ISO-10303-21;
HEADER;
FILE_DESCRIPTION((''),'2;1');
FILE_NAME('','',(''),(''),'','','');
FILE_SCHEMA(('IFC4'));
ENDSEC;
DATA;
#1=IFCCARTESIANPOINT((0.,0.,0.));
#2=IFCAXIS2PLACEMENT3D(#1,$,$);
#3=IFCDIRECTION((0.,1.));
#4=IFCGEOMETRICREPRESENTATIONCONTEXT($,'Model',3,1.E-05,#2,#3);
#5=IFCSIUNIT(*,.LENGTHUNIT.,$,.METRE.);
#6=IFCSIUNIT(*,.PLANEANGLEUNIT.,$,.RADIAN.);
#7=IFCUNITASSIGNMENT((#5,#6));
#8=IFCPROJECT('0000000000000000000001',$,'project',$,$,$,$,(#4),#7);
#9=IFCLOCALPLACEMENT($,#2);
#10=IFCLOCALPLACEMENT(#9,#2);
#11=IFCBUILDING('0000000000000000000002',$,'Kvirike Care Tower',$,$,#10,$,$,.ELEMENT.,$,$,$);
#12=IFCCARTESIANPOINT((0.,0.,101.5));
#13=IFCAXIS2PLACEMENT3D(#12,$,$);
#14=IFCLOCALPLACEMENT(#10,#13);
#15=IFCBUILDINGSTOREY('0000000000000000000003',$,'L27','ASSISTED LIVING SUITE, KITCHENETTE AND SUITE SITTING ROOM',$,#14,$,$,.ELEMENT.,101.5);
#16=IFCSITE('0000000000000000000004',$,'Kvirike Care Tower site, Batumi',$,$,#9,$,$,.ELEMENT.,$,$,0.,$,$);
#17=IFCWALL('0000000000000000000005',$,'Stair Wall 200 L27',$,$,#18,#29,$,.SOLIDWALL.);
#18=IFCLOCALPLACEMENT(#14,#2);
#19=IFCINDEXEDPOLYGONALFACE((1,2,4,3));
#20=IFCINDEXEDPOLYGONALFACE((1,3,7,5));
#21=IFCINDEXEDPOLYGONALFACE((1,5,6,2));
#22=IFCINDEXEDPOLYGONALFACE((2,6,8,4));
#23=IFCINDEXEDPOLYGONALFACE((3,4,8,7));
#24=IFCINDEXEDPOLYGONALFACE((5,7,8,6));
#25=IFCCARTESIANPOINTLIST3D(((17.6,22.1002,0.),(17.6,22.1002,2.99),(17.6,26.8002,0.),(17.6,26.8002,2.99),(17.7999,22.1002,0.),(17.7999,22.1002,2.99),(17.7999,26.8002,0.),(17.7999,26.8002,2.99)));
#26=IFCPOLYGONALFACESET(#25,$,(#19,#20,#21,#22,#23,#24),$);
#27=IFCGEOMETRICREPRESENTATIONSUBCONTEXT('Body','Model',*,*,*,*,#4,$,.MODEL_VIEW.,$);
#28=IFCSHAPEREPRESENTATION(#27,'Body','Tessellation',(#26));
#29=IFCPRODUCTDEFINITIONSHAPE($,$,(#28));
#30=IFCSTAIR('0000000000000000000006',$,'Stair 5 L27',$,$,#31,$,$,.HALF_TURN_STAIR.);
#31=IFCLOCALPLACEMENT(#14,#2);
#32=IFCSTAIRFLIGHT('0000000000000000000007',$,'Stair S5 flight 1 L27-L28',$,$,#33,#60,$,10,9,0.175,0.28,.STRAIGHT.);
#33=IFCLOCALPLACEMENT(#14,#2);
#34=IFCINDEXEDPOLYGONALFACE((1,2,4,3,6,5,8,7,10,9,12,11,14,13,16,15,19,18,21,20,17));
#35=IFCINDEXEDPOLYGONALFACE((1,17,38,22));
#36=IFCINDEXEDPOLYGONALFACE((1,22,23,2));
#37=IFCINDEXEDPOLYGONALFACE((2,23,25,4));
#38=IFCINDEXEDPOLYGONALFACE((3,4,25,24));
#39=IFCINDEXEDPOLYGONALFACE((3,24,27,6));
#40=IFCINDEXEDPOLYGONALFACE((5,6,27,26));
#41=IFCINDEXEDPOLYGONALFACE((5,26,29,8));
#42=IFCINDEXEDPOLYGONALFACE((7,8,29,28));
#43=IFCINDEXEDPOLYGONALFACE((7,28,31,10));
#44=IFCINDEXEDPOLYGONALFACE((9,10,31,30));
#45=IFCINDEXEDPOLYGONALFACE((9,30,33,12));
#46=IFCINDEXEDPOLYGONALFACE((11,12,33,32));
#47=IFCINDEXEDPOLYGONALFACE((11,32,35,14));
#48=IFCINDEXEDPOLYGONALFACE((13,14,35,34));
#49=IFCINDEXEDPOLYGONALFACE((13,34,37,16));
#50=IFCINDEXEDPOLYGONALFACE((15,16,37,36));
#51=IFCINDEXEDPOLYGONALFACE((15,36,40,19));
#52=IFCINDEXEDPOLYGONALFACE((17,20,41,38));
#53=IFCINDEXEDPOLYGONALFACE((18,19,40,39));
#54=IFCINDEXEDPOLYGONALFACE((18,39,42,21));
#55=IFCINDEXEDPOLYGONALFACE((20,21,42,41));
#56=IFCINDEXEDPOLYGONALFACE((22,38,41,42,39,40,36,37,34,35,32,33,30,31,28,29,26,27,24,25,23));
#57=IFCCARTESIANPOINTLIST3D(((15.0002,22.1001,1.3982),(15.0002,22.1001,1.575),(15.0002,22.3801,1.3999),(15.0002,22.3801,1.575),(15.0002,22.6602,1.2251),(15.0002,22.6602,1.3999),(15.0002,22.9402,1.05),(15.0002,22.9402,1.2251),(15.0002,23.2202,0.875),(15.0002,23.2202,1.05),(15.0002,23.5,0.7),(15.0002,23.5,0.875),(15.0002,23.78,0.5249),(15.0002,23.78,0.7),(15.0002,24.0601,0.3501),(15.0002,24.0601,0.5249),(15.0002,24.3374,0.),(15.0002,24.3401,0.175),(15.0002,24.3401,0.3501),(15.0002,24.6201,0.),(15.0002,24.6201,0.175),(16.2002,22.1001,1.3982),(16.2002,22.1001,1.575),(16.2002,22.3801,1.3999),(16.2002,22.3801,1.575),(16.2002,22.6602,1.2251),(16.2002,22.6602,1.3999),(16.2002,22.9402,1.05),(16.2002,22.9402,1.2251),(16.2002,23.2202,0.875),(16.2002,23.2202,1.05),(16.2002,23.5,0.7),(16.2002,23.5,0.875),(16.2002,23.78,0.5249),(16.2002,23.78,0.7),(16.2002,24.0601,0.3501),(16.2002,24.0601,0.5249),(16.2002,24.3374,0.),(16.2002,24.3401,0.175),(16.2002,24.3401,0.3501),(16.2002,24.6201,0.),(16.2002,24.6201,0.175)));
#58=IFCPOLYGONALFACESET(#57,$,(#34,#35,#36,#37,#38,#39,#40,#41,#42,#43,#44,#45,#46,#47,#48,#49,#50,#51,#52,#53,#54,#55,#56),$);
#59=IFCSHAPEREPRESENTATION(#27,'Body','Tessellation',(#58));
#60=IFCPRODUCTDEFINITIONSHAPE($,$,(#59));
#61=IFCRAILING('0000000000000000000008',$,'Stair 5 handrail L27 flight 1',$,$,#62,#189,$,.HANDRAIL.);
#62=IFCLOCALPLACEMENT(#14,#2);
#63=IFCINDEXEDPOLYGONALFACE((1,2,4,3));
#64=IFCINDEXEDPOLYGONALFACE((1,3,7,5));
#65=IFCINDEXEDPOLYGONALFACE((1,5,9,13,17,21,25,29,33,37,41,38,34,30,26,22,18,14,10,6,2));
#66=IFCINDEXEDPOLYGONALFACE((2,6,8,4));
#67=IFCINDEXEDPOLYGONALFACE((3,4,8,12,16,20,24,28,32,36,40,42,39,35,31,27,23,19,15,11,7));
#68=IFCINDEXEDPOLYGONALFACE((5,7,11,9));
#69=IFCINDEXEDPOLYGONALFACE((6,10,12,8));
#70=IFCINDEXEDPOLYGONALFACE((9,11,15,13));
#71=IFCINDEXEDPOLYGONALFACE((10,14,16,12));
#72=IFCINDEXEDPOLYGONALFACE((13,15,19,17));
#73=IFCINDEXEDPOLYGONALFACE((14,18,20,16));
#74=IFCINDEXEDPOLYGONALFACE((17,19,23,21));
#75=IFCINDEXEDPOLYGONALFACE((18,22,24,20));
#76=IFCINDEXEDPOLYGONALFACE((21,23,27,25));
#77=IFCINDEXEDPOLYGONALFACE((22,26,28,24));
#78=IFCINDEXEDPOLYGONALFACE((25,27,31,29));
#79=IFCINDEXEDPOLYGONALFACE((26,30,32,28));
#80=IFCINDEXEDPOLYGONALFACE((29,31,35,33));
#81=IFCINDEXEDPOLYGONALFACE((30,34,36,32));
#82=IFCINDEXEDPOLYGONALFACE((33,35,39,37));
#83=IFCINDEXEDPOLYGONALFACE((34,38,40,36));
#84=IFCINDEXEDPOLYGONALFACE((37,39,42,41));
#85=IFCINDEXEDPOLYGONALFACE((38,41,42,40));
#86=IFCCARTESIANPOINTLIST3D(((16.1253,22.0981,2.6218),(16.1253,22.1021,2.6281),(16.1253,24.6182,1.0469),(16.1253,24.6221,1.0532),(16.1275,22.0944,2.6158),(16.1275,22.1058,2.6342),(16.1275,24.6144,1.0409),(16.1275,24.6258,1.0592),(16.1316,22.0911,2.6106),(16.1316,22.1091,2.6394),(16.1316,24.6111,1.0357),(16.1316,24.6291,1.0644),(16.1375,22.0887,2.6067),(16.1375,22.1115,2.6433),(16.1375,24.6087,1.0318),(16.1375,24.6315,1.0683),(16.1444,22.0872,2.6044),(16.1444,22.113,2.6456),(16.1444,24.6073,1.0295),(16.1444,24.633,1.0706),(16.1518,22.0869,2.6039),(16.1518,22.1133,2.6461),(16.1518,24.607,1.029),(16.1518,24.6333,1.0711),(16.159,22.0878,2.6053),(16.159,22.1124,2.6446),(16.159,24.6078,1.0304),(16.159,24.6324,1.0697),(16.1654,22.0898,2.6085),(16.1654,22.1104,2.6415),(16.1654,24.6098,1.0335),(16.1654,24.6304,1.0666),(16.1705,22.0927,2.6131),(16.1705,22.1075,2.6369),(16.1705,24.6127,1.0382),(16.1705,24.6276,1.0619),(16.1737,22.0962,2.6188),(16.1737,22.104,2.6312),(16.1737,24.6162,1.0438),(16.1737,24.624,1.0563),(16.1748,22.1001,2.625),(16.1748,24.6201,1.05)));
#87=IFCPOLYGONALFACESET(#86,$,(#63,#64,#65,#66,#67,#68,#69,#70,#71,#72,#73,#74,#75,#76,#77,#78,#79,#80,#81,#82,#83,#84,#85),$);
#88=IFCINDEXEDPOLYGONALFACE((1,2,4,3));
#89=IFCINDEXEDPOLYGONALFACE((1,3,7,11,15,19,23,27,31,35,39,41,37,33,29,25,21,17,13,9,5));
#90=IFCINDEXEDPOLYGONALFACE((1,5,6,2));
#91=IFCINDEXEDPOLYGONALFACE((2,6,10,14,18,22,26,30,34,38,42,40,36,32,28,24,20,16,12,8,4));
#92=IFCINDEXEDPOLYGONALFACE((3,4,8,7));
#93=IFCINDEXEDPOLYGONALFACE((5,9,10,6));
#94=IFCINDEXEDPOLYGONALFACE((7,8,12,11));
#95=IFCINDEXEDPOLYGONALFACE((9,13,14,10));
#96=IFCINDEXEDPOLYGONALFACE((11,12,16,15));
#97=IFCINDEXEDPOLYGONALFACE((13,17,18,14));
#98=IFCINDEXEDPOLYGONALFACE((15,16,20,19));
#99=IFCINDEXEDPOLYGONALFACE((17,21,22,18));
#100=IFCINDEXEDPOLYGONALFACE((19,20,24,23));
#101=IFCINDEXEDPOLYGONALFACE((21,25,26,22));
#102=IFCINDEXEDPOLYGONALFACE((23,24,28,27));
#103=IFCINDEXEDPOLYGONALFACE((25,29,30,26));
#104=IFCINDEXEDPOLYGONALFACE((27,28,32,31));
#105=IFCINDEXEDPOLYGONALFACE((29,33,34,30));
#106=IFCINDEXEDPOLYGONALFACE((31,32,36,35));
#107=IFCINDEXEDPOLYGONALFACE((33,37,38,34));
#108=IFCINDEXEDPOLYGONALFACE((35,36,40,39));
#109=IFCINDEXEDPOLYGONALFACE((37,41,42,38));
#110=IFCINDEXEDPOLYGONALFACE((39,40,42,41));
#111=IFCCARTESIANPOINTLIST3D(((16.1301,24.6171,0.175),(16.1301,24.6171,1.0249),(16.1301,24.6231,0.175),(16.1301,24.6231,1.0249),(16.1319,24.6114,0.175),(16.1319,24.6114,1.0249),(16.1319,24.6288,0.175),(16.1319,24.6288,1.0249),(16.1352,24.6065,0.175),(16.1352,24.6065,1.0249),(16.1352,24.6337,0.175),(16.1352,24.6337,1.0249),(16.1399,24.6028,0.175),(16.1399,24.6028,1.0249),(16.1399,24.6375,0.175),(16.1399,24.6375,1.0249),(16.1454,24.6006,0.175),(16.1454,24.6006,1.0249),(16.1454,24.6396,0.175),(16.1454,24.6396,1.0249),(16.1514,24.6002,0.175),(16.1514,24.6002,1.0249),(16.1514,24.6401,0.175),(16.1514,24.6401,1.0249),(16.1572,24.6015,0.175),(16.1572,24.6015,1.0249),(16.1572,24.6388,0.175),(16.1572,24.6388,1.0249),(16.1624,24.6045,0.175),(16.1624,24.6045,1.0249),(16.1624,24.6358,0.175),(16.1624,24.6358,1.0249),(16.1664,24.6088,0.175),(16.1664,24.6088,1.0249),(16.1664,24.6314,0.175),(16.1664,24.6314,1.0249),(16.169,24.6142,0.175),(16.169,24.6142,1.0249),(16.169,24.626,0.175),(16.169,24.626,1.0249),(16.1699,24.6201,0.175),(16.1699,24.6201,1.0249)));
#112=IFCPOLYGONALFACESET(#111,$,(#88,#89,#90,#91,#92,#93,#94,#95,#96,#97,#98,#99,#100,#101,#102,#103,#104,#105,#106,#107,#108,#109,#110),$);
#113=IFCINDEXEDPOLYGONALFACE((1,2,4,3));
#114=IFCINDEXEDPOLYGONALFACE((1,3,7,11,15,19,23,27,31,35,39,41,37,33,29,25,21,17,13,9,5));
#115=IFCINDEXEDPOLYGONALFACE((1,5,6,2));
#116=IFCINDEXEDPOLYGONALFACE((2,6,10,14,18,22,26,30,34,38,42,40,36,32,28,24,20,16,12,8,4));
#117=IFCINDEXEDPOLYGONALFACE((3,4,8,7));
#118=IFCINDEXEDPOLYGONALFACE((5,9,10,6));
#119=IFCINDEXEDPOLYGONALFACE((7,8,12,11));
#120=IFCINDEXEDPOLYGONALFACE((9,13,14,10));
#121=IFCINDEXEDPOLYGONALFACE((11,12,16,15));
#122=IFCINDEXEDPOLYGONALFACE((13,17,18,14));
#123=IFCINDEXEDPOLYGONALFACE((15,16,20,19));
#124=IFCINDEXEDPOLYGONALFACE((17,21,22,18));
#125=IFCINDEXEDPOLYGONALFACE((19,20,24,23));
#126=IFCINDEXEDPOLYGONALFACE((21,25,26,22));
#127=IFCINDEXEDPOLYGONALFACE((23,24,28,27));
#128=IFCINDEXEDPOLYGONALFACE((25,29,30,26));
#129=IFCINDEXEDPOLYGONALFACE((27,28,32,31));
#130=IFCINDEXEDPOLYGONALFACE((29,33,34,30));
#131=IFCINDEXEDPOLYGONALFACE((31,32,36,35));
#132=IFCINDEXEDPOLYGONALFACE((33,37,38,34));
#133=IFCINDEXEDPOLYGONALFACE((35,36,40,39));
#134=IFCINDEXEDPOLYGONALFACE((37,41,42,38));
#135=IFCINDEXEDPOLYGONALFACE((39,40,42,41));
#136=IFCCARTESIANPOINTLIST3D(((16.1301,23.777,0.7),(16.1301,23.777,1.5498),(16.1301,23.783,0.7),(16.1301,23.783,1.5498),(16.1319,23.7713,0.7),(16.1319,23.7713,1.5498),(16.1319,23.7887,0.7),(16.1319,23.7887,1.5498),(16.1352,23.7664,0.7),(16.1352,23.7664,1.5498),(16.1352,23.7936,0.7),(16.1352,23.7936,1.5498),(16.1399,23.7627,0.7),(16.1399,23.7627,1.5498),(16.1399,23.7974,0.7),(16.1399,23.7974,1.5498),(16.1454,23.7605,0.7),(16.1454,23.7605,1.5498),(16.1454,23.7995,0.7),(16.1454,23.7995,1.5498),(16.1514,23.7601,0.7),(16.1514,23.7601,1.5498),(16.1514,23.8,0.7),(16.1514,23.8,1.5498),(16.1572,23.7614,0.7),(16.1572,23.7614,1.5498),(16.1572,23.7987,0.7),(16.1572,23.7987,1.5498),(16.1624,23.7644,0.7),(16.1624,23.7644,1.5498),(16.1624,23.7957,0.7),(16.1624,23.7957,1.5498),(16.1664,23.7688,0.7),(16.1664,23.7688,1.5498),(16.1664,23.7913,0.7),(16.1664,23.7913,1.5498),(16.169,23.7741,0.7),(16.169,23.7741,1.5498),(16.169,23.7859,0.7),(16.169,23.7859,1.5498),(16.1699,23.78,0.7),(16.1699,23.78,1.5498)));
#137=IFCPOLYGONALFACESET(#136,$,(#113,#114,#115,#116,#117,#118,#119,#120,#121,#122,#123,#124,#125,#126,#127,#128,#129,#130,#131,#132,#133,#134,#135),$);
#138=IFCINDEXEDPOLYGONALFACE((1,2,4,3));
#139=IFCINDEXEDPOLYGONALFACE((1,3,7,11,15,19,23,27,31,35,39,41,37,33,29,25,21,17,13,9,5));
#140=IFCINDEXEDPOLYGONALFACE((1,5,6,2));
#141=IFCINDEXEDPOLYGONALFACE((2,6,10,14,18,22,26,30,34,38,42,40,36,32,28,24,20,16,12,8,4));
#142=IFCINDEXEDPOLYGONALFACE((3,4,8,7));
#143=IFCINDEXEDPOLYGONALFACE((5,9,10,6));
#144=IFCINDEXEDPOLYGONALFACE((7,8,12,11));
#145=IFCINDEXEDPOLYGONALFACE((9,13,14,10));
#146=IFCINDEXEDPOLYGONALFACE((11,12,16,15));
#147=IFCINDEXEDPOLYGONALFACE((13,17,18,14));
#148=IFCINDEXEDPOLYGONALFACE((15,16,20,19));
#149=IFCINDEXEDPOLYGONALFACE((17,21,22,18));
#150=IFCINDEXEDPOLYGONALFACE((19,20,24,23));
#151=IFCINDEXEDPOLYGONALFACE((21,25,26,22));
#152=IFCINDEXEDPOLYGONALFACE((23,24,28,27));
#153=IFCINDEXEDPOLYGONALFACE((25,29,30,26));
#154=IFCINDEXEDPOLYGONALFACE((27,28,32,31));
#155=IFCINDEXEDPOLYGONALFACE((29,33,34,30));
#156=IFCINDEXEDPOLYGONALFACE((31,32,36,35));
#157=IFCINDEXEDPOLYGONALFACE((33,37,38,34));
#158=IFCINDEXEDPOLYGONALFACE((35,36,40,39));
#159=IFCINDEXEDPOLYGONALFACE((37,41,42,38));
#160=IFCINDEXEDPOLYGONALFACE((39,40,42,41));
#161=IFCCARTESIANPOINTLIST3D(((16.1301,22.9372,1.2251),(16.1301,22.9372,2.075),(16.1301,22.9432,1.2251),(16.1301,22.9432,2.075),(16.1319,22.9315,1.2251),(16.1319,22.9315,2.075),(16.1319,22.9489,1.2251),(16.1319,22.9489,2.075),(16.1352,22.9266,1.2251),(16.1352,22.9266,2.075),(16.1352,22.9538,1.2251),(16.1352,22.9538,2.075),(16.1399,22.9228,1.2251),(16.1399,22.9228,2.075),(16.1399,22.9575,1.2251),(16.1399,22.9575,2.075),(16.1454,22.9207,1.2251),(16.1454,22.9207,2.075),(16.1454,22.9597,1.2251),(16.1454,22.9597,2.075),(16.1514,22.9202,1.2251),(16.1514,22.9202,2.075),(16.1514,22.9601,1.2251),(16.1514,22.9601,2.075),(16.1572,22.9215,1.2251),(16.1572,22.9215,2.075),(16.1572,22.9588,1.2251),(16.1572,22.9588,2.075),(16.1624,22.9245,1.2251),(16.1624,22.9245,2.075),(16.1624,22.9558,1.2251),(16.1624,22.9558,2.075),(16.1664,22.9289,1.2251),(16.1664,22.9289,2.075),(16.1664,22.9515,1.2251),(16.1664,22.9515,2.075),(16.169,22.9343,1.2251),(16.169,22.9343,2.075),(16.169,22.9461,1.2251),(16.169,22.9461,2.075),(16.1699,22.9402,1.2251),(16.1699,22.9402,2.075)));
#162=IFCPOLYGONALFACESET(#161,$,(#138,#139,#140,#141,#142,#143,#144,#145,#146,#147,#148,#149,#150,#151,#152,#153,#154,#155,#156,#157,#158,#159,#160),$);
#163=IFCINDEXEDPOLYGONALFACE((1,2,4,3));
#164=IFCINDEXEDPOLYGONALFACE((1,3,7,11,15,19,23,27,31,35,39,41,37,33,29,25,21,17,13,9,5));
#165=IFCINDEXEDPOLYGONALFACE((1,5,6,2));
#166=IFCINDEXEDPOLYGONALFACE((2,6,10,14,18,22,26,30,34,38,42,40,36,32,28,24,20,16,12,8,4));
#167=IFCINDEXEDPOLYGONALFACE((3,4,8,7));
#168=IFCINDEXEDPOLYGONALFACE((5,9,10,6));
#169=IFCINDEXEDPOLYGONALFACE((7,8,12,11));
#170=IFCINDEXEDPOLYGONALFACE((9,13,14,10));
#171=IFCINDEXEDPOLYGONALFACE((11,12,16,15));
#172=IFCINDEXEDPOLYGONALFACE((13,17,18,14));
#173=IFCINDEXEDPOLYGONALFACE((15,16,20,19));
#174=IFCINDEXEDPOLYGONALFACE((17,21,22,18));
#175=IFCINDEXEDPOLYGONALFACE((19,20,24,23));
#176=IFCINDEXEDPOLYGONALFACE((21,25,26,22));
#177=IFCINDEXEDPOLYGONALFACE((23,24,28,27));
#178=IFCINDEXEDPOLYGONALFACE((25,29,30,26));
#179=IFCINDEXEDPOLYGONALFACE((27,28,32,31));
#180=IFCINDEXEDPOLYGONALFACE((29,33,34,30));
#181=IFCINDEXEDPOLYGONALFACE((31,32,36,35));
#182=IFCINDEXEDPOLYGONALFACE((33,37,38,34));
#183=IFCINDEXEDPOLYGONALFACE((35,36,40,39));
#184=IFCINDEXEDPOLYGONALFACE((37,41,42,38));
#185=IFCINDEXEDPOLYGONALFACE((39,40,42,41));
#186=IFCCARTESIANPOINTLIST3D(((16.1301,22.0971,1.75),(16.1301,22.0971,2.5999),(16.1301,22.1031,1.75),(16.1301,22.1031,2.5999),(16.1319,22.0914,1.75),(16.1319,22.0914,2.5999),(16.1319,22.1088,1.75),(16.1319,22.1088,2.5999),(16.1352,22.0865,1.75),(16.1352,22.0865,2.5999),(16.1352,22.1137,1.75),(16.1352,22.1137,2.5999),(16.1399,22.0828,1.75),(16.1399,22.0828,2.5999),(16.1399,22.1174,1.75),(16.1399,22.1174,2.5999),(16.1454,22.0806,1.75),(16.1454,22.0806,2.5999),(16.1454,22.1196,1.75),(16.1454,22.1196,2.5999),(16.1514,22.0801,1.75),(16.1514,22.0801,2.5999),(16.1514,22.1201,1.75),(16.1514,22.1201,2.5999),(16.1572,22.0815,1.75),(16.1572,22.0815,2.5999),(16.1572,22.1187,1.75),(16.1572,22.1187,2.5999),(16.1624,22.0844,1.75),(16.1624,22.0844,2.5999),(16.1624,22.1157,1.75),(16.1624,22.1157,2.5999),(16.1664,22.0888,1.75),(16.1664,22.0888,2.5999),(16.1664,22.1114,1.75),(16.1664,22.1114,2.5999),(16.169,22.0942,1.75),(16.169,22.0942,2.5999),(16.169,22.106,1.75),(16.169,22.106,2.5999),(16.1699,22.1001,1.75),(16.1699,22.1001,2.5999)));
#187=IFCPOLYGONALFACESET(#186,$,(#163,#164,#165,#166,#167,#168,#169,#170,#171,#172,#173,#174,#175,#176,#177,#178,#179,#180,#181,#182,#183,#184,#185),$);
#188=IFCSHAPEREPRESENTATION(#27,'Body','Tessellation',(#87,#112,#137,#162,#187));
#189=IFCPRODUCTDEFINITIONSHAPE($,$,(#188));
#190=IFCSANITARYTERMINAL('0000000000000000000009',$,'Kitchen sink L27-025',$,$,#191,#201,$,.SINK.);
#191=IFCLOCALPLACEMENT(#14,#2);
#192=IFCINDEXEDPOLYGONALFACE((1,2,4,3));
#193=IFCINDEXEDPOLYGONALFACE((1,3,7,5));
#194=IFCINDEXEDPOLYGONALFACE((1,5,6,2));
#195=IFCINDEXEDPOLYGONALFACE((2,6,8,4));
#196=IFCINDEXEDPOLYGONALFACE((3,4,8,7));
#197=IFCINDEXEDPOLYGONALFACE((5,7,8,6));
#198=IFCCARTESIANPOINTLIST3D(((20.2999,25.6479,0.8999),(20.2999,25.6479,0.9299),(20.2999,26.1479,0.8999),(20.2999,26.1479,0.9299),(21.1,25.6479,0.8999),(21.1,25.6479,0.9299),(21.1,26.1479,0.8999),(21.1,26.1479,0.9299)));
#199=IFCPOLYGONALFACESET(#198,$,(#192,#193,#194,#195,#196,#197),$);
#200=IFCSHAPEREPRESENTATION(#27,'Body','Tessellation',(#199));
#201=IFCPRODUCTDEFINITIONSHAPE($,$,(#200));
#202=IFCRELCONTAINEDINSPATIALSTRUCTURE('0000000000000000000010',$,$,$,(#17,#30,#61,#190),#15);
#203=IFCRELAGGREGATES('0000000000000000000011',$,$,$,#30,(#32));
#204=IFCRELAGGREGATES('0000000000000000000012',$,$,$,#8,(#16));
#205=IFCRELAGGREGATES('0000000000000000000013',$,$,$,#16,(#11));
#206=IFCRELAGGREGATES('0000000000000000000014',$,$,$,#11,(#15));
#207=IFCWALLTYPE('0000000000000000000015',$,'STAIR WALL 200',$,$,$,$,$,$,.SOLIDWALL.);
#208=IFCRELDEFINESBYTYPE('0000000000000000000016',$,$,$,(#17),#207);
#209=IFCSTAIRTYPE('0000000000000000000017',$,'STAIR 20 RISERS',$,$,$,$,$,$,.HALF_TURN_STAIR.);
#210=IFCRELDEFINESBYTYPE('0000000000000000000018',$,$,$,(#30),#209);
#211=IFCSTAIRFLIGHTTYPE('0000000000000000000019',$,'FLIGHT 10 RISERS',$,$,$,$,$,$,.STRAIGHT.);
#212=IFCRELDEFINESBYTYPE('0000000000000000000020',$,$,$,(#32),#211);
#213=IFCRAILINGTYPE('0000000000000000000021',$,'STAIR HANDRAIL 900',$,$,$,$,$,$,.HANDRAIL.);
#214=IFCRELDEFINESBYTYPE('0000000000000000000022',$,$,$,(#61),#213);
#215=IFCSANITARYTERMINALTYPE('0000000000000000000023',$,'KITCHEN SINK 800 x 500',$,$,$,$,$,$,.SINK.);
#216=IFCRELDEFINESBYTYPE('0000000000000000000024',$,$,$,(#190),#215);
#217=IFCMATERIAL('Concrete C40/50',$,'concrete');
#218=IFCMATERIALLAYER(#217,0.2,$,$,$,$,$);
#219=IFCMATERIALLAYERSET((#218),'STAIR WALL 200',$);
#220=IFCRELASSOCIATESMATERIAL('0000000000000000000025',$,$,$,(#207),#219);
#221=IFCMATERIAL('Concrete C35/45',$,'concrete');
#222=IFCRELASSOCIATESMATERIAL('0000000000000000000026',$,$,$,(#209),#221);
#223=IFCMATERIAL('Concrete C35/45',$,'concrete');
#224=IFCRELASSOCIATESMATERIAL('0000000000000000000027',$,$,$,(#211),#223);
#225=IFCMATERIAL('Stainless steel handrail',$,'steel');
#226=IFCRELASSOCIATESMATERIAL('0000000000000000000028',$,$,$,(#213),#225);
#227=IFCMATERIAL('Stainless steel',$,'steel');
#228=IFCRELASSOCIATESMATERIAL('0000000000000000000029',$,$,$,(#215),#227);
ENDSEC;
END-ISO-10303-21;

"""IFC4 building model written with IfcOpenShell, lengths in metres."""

from ifc_helpers import new_model, si_unit, direction, frame, frame_2d, origin, origin_2d, place, context, subcontext, project, spatial, polyline, rectangle, circle, outline, extrude, material, layer, layer_set, type_object, element, aggregate, save


model = new_model("IFC4")

# Units and contexts
model_context = context("Model", 3, precision=1e-05, world=origin(), true_north=direction((0.0, 1.0)))
body_context = subcontext(model_context, "Body", "Model", "MODEL_VIEW")
ifc_project = project(units=[si_unit("LENGTHUNIT", "METRE"), si_unit("PLANEANGLEUNIT", "RADIAN")], contexts=[model_context])

# Site, building, storey
site_placement = place(None, origin())
site = spatial("IfcSite", under=ifc_project, at=site_placement, Name="Kvirike Care Tower site, Batumi", CompositionType="ELEMENT", RefElevation=0.0)
building_placement = place(site_placement, origin())
building = spatial("IfcBuilding", under=site, at=building_placement, Name="Kvirike Care Tower", CompositionType="ELEMENT")
storey_placement = place(building_placement, frame((0.0, 0.0, 101.5)))
storey = spatial("IfcBuildingStorey", under=building, at=storey_placement, Name="L27", Description="ASSISTED LIVING SUITE, KITCHENETTE AND SUITE SITTING ROOM", CompositionType="ELEMENT", Elevation=101.5)

# Wall
ifc_material_1 = material(Name="Concrete C40/50", Category="concrete")
ifc_layer_1 = layer(ifc_material_1, 0.2)
ifc_layer_set_1 = layer_set([ifc_layer_1], Name="STAIR WALL 200")
wall_type_1 = type_object("IfcWallType", Name="STAIR WALL 200", PredefinedType="SOLIDWALL", material=ifc_layer_set_1)
wall_1_placement = place(storey_placement, frame((17.7, 22.1001, 0.0), z_axis=(0.0, 0.0, 1.0), x_axis=(0.0, 1.0, 0.0)))
element("IfcWall", 1, at=wall_1_placement, inside=storey, type_object=wall_type_1, Name="Stair Wall 200 L27", PredefinedType="SOLIDWALL", context=body_context, shape_type="SweptSolid", body=[
    extrude(rectangle(XDim=4.7, YDim=0.2, at=frame_2d((2.3501, 0.0))), origin(), (0.0, 0.0, 1.0), 2.99),
])

# Stair, stair flight
ifc_material_2 = material(Name="Concrete C35/45", Category="concrete")
stair_type = type_object("IfcStairType", Name="STAIR 20 RISERS", PredefinedType="HALF_TURN_STAIR", material=ifc_material_2)
stair_placement = place(storey_placement, origin())
stair = element("IfcStair", 2, at=stair_placement, inside=storey, type_object=stair_type, Name="Stair 5 L27", PredefinedType="HALF_TURN_STAIR")
ifc_material_3 = material(Name="Concrete C35/45", Category="concrete")
stair_flight_type = type_object("IfcStairFlightType", Name="FLIGHT 10 RISERS", PredefinedType="STRAIGHT", material=ifc_material_3)
stair_flight_placement = place(storey_placement, frame((15.6001, 24.6201, 0.0), z_axis=(0.0, 0.0, 1.0), x_axis=(0.0, -1.0, 0.0)))
stair_flight = element("IfcStairFlight", 3, at=stair_flight_placement, type_object=stair_flight_type, Name="Stair S5 flight 1 L27-L28", NumberOfRisers=10, NumberOfTreads=9, PredefinedType="STRAIGHT", RiserHeight=0.175, TreadLength=0.28, context=body_context, shape_type="SweptSolid", body=[
    extrude(outline(polyline([(0.0, 0.0), (0.0, 0.175), (0.28, 0.175), (0.28, 0.3501), (0.5601, 0.3501), (0.5601, 0.5249), (0.8401, 0.5249), (0.8401, 0.7), (1.1201, 0.7), (1.1201, 0.875), (1.3999, 0.875), (1.3999, 1.05), (1.6799, 1.05), (1.6799, 1.2251), (1.96, 1.2251), (1.96, 1.3999), (2.24, 1.3999), (2.24, 1.575), (2.52, 1.575), (2.52, 1.75), (2.52, 1.3982), (0.2827, 0.0), (0.0, 0.0)])), frame((0.0, 0.6001, 0.0), z_axis=(0.0, -1.0, 0.0), x_axis=(1.0, 0.0, 0.0)), (0.0, 0.0, 1.0), 1.2),
])
aggregate(stair, [stair_flight])

# Railing
ifc_material_4 = material(Name="Stainless steel handrail", Category="steel")
railing_type = type_object("IfcRailingType", Name="STAIR HANDRAIL 900", PredefinedType="HANDRAIL", material=ifc_material_4)
railing_placement = place(storey_placement, frame((16.1499, 24.6201, 0.175)))
element("IfcRailing", 4, at=railing_placement, inside=storey, type_object=railing_type, Name="Stair 5 handrail L27 flight 1", PredefinedType="HANDRAIL", context=body_context, shape_type="SweptSolid", body=[
    extrude(circle(Radius=0.0249, at=origin_2d()), frame((0.0, 0.0, 0.875), z_axis=(0.0, -0.848008, 0.529984), x_axis=(1.0, 0.0, 0.0)), (0.0, 0.0, 1.0), 2.9717),
    extrude(circle(Radius=0.02, at=origin_2d()), origin(), (0.0, 0.0, 1.0), 0.8499),
    extrude(circle(Radius=0.02, at=origin_2d()), frame((0.0, -0.8401, 0.5249)), (0.0, 0.0, 1.0), 0.8499),
    extrude(circle(Radius=0.02, at=origin_2d()), frame((0.0, -1.6799, 1.05)), (0.0, 0.0, 1.0), 0.8499),
    extrude(circle(Radius=0.02, at=origin_2d()), frame((0.0, -2.52, 1.575)), (0.0, 0.0, 1.0), 0.8499),
])

# Sanitary terminal
ifc_material_5 = material(Name="Stainless steel", Category="steel")
sanitary_terminal_type_1 = type_object("IfcSanitaryTerminalType", Name="KITCHEN SINK 800 x 500", PredefinedType="SINK", material=ifc_material_5)
sanitary_terminal_1_placement = place(storey_placement, frame((20.7, 25.8979, 0.8999), z_axis=(0.0, 0.0, 1.0), x_axis=(1.0, 0.0, 0.0)))
element("IfcSanitaryTerminal", 5, at=sanitary_terminal_1_placement, inside=storey, type_object=sanitary_terminal_type_1, Name="Kitchen sink L27-025", PredefinedType="SINK", context=body_context, shape_type="SweptSolid", body=[
    extrude(rectangle(XDim=0.8, YDim=0.5, at=origin_2d()), origin(), (0.0, 0.0, 1.0), 0.03),
])

save(model, "model.ifc")
